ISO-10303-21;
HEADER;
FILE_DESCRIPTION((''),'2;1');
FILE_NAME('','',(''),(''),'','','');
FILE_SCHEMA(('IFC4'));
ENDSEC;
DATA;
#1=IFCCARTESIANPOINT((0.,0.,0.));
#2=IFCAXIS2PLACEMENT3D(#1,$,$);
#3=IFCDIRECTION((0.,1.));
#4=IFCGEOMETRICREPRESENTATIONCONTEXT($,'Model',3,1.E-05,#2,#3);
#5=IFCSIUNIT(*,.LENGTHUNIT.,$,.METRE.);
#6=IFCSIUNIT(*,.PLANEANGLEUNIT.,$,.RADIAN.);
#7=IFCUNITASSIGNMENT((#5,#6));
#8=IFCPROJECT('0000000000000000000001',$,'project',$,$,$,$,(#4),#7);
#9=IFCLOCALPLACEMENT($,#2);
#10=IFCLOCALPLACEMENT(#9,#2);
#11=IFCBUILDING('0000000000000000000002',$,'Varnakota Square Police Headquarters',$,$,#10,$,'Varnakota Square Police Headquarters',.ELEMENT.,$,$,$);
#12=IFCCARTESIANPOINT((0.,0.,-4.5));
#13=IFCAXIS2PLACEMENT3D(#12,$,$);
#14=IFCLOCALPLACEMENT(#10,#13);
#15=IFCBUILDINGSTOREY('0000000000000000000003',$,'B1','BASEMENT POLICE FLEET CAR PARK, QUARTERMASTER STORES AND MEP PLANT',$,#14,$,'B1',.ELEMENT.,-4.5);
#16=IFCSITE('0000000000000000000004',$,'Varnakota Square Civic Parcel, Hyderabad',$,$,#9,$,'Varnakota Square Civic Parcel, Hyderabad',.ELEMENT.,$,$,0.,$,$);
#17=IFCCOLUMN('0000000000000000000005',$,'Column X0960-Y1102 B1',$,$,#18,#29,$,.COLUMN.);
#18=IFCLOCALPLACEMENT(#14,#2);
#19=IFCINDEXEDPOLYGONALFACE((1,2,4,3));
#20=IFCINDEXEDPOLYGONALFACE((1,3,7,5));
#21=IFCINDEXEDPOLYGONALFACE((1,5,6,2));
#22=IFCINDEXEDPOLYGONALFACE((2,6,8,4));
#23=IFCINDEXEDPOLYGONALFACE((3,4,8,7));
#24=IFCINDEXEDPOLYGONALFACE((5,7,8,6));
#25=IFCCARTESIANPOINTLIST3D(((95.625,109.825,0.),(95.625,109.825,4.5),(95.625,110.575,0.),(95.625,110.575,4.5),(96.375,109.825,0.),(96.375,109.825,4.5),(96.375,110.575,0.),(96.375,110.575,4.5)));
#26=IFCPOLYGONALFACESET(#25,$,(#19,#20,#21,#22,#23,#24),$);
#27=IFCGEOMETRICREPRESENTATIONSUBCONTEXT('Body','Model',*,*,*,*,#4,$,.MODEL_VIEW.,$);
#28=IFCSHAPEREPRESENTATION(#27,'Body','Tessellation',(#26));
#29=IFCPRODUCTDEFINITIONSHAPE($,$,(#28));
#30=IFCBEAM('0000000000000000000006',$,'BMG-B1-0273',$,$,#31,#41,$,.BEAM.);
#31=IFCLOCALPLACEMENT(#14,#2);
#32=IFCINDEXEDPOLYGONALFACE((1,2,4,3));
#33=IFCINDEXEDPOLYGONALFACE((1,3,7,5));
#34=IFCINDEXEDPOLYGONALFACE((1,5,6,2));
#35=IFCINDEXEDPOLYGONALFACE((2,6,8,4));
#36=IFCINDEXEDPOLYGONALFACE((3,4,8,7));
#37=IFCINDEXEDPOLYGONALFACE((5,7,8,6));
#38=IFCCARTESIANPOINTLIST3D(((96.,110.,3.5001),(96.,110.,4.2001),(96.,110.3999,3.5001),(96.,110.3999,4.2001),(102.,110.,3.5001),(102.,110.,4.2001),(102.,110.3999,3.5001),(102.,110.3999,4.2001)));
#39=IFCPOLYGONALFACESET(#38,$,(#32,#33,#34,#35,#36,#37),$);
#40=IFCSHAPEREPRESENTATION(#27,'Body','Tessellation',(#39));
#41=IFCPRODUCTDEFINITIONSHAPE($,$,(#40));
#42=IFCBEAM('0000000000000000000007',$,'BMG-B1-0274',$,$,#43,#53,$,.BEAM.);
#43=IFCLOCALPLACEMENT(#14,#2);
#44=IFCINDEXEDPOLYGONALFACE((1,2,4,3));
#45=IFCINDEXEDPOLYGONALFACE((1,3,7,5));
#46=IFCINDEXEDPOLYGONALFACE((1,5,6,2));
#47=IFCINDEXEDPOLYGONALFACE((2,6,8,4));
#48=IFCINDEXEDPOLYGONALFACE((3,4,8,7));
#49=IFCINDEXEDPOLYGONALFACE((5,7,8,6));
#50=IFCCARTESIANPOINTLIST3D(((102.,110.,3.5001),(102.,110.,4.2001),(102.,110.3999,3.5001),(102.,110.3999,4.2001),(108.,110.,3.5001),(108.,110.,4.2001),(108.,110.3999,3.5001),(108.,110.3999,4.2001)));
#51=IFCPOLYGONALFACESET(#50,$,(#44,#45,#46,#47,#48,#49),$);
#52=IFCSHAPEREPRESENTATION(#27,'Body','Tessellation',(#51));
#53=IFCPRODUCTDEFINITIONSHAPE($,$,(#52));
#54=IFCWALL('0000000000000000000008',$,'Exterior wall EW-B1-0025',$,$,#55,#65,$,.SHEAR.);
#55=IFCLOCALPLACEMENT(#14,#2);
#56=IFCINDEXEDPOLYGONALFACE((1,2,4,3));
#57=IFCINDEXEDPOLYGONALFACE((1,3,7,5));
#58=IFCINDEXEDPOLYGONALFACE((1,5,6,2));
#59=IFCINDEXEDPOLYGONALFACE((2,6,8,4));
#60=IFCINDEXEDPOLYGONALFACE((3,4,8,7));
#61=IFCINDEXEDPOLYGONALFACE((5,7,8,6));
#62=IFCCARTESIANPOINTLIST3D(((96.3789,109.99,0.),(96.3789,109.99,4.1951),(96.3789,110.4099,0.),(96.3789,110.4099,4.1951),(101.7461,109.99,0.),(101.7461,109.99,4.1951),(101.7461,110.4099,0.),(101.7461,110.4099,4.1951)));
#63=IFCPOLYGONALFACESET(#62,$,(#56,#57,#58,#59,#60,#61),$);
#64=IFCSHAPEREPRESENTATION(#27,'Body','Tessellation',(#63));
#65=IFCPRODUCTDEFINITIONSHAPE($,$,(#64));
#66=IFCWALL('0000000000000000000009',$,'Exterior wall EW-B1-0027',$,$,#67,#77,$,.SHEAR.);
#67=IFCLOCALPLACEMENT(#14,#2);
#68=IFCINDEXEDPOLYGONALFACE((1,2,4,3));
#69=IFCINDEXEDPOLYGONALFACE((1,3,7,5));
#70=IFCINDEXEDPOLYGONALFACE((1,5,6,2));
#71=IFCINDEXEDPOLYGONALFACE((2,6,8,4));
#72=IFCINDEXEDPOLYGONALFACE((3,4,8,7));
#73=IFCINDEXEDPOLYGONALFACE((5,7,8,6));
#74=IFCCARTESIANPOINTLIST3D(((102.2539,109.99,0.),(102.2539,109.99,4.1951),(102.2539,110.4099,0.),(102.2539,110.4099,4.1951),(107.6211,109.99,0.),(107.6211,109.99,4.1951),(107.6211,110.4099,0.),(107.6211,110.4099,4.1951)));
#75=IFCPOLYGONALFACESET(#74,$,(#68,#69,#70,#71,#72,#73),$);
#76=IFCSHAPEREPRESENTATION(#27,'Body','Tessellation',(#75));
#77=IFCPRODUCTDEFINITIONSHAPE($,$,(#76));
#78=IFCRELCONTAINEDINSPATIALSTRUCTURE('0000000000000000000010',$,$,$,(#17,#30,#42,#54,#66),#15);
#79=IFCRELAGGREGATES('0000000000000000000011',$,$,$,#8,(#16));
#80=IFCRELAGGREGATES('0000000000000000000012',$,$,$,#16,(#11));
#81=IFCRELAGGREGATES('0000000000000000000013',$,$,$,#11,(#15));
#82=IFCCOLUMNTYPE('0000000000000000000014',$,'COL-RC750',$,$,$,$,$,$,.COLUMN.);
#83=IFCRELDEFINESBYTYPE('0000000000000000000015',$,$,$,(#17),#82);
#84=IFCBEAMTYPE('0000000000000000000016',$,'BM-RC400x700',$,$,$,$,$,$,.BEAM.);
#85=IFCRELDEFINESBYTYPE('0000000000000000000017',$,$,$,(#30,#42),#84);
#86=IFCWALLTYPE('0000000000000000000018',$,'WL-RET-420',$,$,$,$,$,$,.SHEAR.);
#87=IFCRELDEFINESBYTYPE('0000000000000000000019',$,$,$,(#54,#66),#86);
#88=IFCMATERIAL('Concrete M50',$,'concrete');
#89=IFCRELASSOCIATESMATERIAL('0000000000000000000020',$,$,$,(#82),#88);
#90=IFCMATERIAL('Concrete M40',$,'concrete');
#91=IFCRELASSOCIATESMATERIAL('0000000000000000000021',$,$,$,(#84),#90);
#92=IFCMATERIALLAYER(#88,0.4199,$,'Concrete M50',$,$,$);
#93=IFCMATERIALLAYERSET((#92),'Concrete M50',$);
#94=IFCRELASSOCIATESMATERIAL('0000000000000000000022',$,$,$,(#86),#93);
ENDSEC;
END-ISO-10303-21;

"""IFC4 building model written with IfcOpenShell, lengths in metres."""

from ifc_helpers import new_model, si_unit, direction, frame, frame_2d, origin, origin_2d, place, context, subcontext, project, spatial, rectangle, extrude, material, layer, layer_set, material_profile, profile_set, type_object, element, save


model = new_model("IFC4")

# Units and contexts
model_context = context("Model", 3, precision=1e-05, world=origin(), true_north=direction((0.0, 1.0)))
body_context = subcontext(model_context, "Body", "Model", "MODEL_VIEW")
ifc_project = project(units=[si_unit("LENGTHUNIT", "METRE"), si_unit("PLANEANGLEUNIT", "RADIAN")], contexts=[model_context])

# Site, building, storey
site_placement = place(None, origin())
site = spatial("IfcSite", under=ifc_project, at=site_placement, Name="Varnakota Square Civic Parcel, Hyderabad", LongName="Varnakota Square Civic Parcel, Hyderabad", CompositionType="ELEMENT", RefElevation=0.0)
building_placement = place(site_placement, origin())
building = spatial("IfcBuilding", under=site, at=building_placement, Name="Varnakota Square Police Headquarters", LongName="Varnakota Square Police Headquarters", CompositionType="ELEMENT")
storey_placement = place(building_placement, frame((0.0, 0.0, -4.5)))
storey = spatial("IfcBuildingStorey", under=building, at=storey_placement, Name="B1", Description="BASEMENT POLICE FLEET CAR PARK, QUARTERMASTER STORES AND MEP PLANT", LongName="B1", CompositionType="ELEMENT", Elevation=-4.5)

# Shared definitions
ifc_material_1 = material(Name="Concrete M40", Category="concrete")

# Shared definitions
ifc_material_2 = material(Name="Concrete M50", Category="concrete")

# Column
ifc_material_profile_1 = material_profile(ifc_material_2, rectangle(XDim=0.75, YDim=0.75, at=origin_2d()), Name="RC 750x750")
ifc_profile_set_1 = profile_set([ifc_material_profile_1], Name="Concrete M50")
column_type_1 = type_object("IfcColumnType", Name="COL-RC750", PredefinedType="COLUMN", material=ifc_profile_set_1)
column_placement = place(storey_placement, frame((96.0, 110.2, 0.0), z_axis=(0.0, 0.0, 1.0), x_axis=(1.0, 0.0, 0.0)))
element("IfcColumn", 1, at=column_placement, inside=storey, type_object=column_type_1, Name="Column X0960-Y1102 B1", PredefinedType="COLUMN", context=body_context, shape_type="SweptSolid", body=[
    extrude(rectangle(XDim=0.75, YDim=0.75, at=origin_2d()), origin(), (0.0, 0.0, 1.0), 4.5),
])

# Beams
ifc_material_profile_2 = material_profile(ifc_material_1, rectangle(XDim=0.3999, YDim=0.7, at=origin_2d()), Name="RC 400x700")
ifc_profile_set_2 = profile_set([ifc_material_profile_2], Name="Concrete M40")
beam_type = type_object("IfcBeamType", Name="BM-RC400x700", PredefinedType="BEAM", material=ifc_profile_set_2)
for number, where, z_axis, x_axis, name in (
    (2, (96.0, 110.2, 3.8501), (1.0, 0.0, 0.0), (0.0, 1.0, 0.0), "BMG-B1-0273"),
    (3, (102.0, 110.2, 3.8501), (1.0, 0.0, 0.0), (0.0, 1.0, 0.0), "BMG-B1-0274"),
):
    element("IfcBeam", number, at=place(storey_placement, frame(where, z_axis=z_axis, x_axis=x_axis)), inside=storey, type_object=beam_type, Name=name, PredefinedType="BEAM", context=body_context, shape_type="SweptSolid", body=[
        extrude(rectangle(XDim=0.3999, YDim=0.7, at=origin_2d()), origin(), (0.0, 0.0, 1.0), 6.0),
    ])

# Walls
ifc_layer = layer(ifc_material_2, 0.4199, Name="Concrete M50")
ifc_layer_set = layer_set([ifc_layer], Name="Concrete M50")
wall_type = type_object("IfcWallType", Name="WL-RET-420", PredefinedType="SHEAR", material=ifc_layer_set)
for number, where, z_axis, x_axis, name in (
    (4, (96.3789, 110.2, 0.0), (0.0, 0.0, 1.0), (1.0, 0.0, 0.0), "Exterior wall EW-B1-0025"),
    (5, (102.2539, 110.2, 0.0), (0.0, 0.0, 1.0), (1.0, 0.0, 0.0), "Exterior wall EW-B1-0027"),
):
    element("IfcWall", number, at=place(storey_placement, frame(where, z_axis=z_axis, x_axis=x_axis)), inside=storey, type_object=wall_type, Name=name, PredefinedType="SHEAR", context=body_context, shape_type="SweptSolid", body=[
        extrude(rectangle(XDim=5.3672, YDim=0.4199, at=frame_2d((2.6836, 0.0))), origin(), (0.0, 0.0, 1.0), 4.1951),
    ])

save(model, "model.ifc")
